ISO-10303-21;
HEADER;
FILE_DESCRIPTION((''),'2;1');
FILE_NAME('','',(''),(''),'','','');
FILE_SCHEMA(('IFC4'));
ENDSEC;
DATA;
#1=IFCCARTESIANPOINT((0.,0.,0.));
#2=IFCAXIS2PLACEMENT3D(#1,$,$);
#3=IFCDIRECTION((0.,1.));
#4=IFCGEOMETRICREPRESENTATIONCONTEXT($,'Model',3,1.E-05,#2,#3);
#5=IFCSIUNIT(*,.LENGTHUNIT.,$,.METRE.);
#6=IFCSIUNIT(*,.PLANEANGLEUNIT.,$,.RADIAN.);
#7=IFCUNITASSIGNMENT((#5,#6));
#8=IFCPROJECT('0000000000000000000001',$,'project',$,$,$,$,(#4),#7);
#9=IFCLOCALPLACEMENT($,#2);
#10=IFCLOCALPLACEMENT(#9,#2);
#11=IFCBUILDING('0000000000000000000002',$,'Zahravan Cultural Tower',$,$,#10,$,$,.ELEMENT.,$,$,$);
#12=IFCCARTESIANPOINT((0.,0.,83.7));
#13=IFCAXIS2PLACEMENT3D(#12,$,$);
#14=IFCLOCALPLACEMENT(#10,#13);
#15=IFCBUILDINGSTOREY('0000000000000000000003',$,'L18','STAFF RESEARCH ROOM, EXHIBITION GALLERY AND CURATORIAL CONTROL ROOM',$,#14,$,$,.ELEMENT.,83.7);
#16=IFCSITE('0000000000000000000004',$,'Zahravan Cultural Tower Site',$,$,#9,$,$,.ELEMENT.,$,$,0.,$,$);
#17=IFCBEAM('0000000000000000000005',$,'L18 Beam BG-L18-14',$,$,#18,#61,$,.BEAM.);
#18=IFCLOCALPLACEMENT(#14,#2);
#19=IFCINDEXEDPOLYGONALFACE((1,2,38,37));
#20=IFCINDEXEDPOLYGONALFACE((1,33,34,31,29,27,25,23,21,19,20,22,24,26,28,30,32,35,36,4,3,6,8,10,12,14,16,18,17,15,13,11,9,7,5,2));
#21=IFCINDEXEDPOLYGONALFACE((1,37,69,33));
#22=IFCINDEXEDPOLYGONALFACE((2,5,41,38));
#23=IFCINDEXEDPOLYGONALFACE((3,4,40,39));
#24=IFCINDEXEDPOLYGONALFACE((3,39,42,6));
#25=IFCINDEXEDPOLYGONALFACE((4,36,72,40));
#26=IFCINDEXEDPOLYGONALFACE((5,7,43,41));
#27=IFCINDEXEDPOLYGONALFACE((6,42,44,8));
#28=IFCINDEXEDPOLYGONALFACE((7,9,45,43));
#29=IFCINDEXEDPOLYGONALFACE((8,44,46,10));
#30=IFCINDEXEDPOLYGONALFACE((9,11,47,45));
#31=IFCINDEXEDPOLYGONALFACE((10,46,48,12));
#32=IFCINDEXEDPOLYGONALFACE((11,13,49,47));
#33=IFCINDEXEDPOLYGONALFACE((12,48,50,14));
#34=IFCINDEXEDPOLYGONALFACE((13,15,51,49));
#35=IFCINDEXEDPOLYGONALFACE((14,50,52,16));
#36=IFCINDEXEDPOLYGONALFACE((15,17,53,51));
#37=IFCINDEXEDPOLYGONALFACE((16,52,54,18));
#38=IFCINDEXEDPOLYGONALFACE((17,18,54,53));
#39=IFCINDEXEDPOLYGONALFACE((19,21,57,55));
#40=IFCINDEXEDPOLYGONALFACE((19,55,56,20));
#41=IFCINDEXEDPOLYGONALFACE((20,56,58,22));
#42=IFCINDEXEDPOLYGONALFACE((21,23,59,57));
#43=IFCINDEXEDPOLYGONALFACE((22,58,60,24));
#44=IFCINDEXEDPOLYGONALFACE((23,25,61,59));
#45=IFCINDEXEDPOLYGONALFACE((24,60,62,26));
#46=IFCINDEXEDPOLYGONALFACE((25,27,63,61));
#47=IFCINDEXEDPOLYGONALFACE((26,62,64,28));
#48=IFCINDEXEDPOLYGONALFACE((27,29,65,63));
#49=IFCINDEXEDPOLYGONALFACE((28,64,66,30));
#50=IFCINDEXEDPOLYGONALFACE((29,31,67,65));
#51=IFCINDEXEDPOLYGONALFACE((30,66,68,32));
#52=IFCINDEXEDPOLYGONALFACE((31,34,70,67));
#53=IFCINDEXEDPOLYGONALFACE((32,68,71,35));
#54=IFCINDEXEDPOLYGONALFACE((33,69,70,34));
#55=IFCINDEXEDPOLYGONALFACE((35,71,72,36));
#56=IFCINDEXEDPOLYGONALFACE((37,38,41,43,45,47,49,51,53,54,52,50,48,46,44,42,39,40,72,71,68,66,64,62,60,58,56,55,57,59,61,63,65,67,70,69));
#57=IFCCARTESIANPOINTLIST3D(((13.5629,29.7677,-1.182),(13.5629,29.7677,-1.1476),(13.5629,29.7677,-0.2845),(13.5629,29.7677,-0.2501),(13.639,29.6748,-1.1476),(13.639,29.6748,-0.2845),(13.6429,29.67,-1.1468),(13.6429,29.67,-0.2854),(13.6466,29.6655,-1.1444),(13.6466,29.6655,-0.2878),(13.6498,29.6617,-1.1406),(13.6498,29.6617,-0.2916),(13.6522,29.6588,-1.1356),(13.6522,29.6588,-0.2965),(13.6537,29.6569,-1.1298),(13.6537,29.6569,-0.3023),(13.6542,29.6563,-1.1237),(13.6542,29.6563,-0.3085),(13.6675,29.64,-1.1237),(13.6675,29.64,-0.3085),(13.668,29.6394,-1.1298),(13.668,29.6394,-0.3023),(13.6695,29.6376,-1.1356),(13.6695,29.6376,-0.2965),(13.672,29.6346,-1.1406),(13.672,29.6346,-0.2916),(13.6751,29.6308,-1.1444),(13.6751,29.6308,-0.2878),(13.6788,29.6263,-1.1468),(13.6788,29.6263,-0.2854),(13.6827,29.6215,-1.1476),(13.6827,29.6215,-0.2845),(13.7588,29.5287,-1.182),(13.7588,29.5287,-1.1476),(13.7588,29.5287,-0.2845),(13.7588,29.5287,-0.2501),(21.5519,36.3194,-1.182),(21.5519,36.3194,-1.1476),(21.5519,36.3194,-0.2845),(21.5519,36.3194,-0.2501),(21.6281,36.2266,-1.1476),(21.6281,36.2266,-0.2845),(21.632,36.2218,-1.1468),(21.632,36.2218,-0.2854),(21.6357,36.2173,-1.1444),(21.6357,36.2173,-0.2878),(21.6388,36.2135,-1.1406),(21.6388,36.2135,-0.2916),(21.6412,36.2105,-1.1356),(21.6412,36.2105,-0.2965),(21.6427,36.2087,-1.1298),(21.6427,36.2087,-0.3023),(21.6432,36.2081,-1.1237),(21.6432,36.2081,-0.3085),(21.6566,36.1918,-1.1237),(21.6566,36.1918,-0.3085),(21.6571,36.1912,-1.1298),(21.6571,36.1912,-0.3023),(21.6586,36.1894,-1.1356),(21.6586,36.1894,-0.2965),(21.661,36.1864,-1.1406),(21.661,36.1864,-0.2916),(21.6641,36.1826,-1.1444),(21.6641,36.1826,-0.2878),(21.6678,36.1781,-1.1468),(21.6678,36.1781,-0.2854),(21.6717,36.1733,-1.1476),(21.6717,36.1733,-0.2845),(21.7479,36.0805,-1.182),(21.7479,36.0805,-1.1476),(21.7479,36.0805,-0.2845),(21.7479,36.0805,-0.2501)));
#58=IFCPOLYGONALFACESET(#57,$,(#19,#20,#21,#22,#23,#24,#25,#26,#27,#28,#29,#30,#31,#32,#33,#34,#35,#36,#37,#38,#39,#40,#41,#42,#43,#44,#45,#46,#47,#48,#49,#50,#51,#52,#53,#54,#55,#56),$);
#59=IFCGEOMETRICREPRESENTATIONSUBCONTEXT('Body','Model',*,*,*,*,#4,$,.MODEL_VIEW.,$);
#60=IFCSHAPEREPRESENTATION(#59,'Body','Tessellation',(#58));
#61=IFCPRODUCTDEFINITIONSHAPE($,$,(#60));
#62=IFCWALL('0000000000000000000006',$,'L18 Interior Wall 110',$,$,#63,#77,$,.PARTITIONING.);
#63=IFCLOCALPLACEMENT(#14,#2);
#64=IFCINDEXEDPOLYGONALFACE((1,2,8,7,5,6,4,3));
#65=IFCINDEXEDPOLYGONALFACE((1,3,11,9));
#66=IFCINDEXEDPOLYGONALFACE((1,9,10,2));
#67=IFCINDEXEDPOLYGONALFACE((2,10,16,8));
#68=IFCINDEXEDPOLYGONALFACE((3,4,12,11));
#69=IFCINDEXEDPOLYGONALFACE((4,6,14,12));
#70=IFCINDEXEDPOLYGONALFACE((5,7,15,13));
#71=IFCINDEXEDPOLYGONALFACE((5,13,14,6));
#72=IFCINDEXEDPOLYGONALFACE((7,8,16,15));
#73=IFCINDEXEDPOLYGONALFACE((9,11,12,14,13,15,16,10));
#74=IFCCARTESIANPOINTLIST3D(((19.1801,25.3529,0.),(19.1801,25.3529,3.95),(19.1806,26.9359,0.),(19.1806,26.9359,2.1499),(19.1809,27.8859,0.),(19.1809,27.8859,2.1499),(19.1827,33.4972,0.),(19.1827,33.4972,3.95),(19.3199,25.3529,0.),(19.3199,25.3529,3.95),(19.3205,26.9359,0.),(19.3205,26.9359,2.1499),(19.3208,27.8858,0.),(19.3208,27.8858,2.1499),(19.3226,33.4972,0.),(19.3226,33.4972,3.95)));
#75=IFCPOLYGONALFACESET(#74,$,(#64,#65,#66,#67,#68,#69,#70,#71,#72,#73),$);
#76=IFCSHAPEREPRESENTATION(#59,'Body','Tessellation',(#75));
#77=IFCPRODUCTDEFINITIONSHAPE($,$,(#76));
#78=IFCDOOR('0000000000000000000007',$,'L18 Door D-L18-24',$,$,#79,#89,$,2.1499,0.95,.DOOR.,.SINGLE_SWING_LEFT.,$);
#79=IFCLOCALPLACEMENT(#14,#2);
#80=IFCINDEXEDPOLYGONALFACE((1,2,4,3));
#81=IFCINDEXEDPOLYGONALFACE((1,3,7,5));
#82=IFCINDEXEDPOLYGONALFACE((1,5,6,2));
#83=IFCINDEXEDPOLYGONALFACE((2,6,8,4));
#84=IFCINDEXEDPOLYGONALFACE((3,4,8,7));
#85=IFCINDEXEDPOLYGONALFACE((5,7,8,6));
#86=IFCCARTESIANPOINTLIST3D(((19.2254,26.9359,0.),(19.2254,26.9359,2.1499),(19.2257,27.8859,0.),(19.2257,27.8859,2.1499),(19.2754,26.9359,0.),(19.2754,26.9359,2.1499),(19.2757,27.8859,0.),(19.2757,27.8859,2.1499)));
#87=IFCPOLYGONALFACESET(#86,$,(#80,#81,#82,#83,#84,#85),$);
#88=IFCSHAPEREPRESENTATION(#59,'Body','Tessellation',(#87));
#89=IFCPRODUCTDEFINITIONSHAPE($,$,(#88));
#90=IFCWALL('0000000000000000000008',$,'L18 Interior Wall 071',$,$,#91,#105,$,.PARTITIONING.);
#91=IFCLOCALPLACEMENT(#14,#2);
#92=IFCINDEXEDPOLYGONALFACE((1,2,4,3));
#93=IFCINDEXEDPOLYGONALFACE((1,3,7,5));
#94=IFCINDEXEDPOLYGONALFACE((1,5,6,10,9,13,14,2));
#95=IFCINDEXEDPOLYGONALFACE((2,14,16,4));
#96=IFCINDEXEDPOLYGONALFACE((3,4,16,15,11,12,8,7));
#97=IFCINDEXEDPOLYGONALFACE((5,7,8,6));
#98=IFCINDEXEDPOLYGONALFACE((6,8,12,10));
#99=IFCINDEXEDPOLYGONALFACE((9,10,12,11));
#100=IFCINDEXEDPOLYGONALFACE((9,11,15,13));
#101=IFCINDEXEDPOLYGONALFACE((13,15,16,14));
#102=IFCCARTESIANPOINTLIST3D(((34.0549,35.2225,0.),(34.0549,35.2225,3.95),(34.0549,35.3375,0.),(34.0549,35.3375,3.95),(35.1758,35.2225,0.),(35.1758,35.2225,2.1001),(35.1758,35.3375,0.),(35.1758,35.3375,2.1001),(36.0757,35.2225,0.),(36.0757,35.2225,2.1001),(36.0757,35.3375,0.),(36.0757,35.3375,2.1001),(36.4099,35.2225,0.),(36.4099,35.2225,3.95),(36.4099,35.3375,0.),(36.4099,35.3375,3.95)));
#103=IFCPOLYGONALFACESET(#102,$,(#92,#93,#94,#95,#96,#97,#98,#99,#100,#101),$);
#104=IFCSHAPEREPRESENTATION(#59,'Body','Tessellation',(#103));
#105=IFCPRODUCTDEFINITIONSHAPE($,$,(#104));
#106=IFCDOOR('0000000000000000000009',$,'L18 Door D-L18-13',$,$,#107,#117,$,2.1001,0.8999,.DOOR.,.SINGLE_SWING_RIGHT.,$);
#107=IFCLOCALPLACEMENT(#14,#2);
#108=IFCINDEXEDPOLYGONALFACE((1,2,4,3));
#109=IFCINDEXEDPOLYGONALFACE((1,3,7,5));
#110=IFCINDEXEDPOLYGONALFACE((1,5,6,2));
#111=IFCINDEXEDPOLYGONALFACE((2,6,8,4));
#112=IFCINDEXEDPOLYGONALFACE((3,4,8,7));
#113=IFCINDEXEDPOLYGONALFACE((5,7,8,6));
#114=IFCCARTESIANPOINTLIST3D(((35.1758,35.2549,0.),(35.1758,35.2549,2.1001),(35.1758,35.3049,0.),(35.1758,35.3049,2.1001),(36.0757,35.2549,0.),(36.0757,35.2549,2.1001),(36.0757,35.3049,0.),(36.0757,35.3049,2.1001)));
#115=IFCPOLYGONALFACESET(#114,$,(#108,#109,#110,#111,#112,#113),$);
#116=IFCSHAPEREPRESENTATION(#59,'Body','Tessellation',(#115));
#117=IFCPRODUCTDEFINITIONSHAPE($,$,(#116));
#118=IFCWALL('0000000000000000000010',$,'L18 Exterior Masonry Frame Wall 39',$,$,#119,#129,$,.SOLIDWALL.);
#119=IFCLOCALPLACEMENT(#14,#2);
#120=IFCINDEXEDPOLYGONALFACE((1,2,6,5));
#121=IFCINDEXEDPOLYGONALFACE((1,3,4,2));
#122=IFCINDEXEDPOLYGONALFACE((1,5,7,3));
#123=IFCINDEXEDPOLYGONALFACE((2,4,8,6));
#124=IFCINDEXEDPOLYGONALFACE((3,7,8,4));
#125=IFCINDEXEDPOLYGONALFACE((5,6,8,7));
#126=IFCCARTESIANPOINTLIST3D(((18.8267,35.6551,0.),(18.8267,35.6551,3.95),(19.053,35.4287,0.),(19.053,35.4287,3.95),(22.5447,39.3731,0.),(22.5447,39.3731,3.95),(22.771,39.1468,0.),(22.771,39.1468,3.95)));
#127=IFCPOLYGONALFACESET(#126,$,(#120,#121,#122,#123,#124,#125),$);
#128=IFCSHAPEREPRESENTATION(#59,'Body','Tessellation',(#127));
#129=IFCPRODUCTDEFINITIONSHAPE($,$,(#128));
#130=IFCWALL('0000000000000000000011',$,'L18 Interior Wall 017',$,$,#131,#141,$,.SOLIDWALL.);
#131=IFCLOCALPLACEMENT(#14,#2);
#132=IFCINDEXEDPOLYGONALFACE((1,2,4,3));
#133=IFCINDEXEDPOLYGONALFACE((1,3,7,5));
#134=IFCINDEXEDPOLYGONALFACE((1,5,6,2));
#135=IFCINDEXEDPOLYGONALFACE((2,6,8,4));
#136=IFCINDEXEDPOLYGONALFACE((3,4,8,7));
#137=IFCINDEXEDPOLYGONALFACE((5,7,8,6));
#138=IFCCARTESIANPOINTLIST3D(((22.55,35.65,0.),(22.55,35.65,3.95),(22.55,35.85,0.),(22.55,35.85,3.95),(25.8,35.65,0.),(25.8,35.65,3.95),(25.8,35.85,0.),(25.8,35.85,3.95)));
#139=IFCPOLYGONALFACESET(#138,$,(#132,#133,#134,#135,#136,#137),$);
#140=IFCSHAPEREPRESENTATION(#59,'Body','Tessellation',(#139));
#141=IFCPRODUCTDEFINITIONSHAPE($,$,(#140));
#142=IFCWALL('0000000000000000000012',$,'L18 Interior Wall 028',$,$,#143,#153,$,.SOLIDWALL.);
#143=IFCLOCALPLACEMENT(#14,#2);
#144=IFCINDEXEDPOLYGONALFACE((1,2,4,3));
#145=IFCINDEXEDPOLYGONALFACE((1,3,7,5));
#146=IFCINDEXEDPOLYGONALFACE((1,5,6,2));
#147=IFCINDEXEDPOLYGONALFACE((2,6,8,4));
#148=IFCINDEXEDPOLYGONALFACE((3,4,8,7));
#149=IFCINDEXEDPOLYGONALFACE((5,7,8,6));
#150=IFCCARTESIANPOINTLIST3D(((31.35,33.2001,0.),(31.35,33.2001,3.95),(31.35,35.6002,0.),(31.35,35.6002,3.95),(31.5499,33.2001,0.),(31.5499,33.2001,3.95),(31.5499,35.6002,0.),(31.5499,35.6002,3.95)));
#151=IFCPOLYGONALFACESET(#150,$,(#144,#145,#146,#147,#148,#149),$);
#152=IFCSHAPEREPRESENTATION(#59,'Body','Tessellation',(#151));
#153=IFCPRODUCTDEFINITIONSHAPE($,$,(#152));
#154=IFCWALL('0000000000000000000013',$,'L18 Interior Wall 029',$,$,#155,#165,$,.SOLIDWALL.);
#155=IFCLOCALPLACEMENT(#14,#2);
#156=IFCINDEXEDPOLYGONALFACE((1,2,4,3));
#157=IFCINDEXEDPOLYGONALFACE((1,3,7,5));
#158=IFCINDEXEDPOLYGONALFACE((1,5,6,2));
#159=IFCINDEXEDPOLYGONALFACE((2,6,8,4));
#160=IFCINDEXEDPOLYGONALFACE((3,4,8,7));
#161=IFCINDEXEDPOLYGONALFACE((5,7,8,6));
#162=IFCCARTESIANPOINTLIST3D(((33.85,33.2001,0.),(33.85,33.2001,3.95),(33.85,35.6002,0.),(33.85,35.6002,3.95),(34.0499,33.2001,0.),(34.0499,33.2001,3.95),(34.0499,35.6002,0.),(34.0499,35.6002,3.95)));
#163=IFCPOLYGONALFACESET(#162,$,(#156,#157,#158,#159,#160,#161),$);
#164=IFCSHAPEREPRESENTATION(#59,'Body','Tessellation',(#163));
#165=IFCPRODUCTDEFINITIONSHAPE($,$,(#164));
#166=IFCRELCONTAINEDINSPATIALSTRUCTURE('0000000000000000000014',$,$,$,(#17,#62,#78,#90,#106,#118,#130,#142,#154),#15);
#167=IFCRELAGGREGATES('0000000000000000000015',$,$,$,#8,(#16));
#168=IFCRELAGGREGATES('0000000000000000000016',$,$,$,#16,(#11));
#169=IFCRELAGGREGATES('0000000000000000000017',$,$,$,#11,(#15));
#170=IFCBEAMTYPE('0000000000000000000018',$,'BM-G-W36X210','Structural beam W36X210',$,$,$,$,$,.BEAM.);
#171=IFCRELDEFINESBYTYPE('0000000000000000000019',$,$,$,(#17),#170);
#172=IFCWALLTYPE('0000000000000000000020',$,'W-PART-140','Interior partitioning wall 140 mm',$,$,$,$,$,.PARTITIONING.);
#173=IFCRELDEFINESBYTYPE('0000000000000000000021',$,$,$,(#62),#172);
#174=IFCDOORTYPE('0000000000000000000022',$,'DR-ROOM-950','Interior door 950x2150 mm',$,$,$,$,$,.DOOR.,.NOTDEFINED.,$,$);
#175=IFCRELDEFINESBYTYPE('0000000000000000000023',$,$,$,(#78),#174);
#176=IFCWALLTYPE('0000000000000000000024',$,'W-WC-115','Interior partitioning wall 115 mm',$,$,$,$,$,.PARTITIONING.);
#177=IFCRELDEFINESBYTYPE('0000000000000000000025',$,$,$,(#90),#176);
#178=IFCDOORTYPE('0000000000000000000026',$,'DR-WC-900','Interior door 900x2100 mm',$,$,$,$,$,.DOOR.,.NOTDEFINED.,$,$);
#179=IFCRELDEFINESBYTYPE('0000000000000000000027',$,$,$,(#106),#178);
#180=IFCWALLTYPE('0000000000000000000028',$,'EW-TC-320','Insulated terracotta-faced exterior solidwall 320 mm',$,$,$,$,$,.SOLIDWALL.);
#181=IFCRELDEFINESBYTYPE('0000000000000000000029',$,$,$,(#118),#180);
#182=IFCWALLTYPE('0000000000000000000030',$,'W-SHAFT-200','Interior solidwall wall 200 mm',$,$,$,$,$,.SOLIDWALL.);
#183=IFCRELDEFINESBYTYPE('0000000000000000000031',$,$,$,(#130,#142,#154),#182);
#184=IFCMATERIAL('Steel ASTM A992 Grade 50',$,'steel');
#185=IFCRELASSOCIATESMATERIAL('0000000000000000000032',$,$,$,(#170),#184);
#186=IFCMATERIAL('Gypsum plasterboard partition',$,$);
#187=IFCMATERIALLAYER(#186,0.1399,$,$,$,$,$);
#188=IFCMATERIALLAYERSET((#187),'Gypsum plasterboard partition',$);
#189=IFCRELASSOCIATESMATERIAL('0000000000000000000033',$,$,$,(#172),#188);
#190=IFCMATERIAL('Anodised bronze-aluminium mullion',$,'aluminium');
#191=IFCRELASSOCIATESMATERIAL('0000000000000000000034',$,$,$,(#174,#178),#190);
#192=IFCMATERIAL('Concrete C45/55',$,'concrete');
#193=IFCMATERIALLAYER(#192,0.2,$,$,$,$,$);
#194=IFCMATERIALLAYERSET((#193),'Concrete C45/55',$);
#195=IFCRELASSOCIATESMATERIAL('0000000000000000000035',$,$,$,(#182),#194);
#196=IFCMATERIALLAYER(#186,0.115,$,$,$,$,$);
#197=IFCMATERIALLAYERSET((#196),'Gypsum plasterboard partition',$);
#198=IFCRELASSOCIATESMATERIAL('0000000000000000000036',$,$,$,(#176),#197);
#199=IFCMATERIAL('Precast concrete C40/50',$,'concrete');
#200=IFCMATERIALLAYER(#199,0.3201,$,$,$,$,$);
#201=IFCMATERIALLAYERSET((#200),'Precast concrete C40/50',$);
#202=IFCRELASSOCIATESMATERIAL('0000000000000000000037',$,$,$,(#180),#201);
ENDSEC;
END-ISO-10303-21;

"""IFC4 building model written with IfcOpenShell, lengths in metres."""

from ifc_helpers import new_model, si_unit, direction, frame, frame_2d, origin, origin_2d, place, context, subcontext, project, spatial, rectangle, i_section, extrude, source, transform, mapped, material, layer, layer_set, material_profile, profile_set, type_object, element, fill, save


model = new_model("IFC4")

# Units and contexts
model_context = context("Model", 3, precision=1e-05, world=origin(), true_north=direction((0.0, 1.0)))
body_context = subcontext(model_context, "Body", "Model", "MODEL_VIEW")
ifc_project = project(units=[si_unit("LENGTHUNIT", "METRE"), si_unit("PLANEANGLEUNIT", "RADIAN")], contexts=[model_context])

# Site, building, storey
site_placement = place(None, origin())
site = spatial("IfcSite", under=ifc_project, at=site_placement, Name="Zahravan Cultural Tower Site", CompositionType="ELEMENT", RefElevation=0.0)
building_placement = place(site_placement, origin())
building = spatial("IfcBuilding", under=site, at=building_placement, Name="Zahravan Cultural Tower", CompositionType="ELEMENT")
storey_placement = place(building_placement, frame((0.0, 0.0, 83.7)))
storey = spatial("IfcBuildingStorey", under=building, at=storey_placement, Name="L18", Description="STAFF RESEARCH ROOM, EXHIBITION GALLERY AND CURATORIAL CONTROL ROOM", CompositionType="ELEMENT", Elevation=83.7)

# Beam
ifc_material_1 = material(Name="Steel ASTM A992 Grade 50", Category="steel")
ifc_material_profile_1 = material_profile(ifc_material_1, i_section(OverallWidth=0.3091, OverallDepth=0.9319, WebThickness=0.021, FlangeThickness=0.0344, FilletRadius=0.0239, at=origin_2d()), Name="W36X210")
ifc_profile_set_1 = profile_set([ifc_material_profile_1], Name="Steel ASTM A992 Grade 50")
beam_type_1 = type_object("IfcBeamType", Name="BM-G-W36X210", Description="Structural beam W36X210", PredefinedType="BEAM", material=ifc_profile_set_1)
shared_shape_1 = source(origin(), body_context, "Body", "SweptSolid", [
    extrude(i_section(OverallWidth=0.3091, OverallDepth=0.9319, WebThickness=0.021, FlangeThickness=0.0344, FilletRadius=0.0239, at=origin_2d()), origin(), (0.0, 0.0, 1.0), 10.332),
])
beam_1_placement = place(storey_placement, frame((21.6499, 36.2, -0.7161), z_axis=(-0.773231, -0.634124, 0.0), x_axis=(0.634124, -0.773231, 0.0)))
element("IfcBeam", 1, at=beam_1_placement, inside=storey, type_object=beam_type_1, Name="L18 Beam BG-L18-14", PredefinedType="BEAM", context=body_context, shape_type="MappedRepresentation", body=[
    mapped(shared_shape_1, transform((0.0, 0.0, 0.0), x_axis=(1.0, 0.0, 0.0), y_axis=(0.0, 1.0, 0.0), z_axis=(0.0, 0.0, 1.0), scale=1.0)),
])

# Walls, openings, doors
ifc_material_2 = material(Name="Gypsum plasterboard partition")
ifc_layer_1 = layer(ifc_material_2, 0.1399)
ifc_layer_set_1 = layer_set([ifc_layer_1], Name="Gypsum plasterboard partition")
wall_type_1 = type_object("IfcWallType", Name="W-PART-140", Description="Interior partitioning wall 140 mm", PredefinedType="PARTITIONING", material=ifc_layer_set_1)
wall_1_placement = place(storey_placement, frame((19.2527, 33.4973, 0.0), z_axis=(0.0, 0.0, 1.0), x_axis=(-0.00033, -1.0, 0.0)))
wall_1 = element("IfcWall", 2, at=wall_1_placement, inside=storey, type_object=wall_type_1, Name="L18 Interior Wall 110", PredefinedType="PARTITIONING", context=body_context, shape_type="SweptSolid", body=[
    extrude(rectangle(XDim=8.1443, YDim=0.1399, at=frame_2d((4.0723, 0.0))), origin(), (0.0, 0.0, 1.0), 3.95),
])
opening_1_placement = place(wall_1_placement, frame((5.6113, 0.0, 0.0)))
opening_1 = element("IfcOpeningElement", 3, at=opening_1_placement, cuts=wall_1, PredefinedType="OPENING", context=body_context, shape_type="SweptSolid", body=[
    extrude(rectangle(XDim=0.95, YDim=2.1499, at=frame_2d((0.4751, 1.075))), frame((0.0, 0.0798, 0.0), z_axis=(0.0, -1.0, 0.0), x_axis=(1.0, 0.0, 0.0)), (0.0, 0.0, 1.0), 0.1599),
])
ifc_material_3 = material(Name="Anodised bronze-aluminium mullion", Category="aluminium")
door_type_1 = type_object("IfcDoorType", Name="DR-ROOM-950", Description="Interior door 950x2150 mm", OperationType="NOTDEFINED", PredefinedType="DOOR", material=ifc_material_3)
shared_shape_2 = source(origin(), body_context, "Body", "SweptSolid", [
    extrude(rectangle(XDim=0.95, YDim=2.1499, at=frame_2d((0.4751, 1.075))), frame((0.0, 0.0249, 0.0), z_axis=(0.0, -1.0, 0.0), x_axis=(1.0, 0.0, 0.0)), (0.0, 0.0, 1.0), 0.05),
])
door_1_placement = place(opening_1_placement, origin())
door_1 = element("IfcDoor", 4, at=door_1_placement, inside=storey, type_object=door_type_1, Name="L18 Door D-L18-24", OperationType="SINGLE_SWING_LEFT", OverallHeight=2.1499, OverallWidth=0.95, PredefinedType="DOOR", context=body_context, shape_type="MappedRepresentation", body=[
    mapped(shared_shape_2, transform((0.0, 0.0, 0.0), x_axis=(1.0, 0.0, 0.0), y_axis=(0.0, 1.0, 0.0), z_axis=(0.0, 0.0, 1.0), scale=1.0)),
])
fill(opening_1, door_1)
ifc_material_4 = material(Name="Concrete C45/55", Category="concrete")
ifc_layer_2 = layer(ifc_material_4, 0.2)
ifc_layer_set_2 = layer_set([ifc_layer_2], Name="Concrete C45/55")
wall_type_2 = type_object("IfcWallType", Name="W-SHAFT-200", Description="Interior solidwall wall 200 mm", PredefinedType="SOLIDWALL", material=ifc_layer_set_2)
ifc_layer_3 = layer(ifc_material_2, 0.115)
ifc_layer_set_3 = layer_set([ifc_layer_3], Name="Gypsum plasterboard partition")
wall_type_3 = type_object("IfcWallType", Name="W-WC-115", Description="Interior partitioning wall 115 mm", PredefinedType="PARTITIONING", material=ifc_layer_set_3)
wall_2_placement = place(storey_placement, frame((34.0549, 35.28, 0.0), z_axis=(0.0, 0.0, 1.0), x_axis=(1.0, 0.0, 0.0)))
wall_2 = element("IfcWall", 5, at=wall_2_placement, inside=storey, type_object=wall_type_3, Name="L18 Interior Wall 071", PredefinedType="PARTITIONING", context=body_context, shape_type="SweptSolid", body=[
    extrude(rectangle(XDim=2.355, YDim=0.115, at=frame_2d((1.1775, 0.0))), origin(), (0.0, 0.0, 1.0), 3.95),
])
opening_2_placement = place(wall_2_placement, frame((1.1208, 0.0, 0.0)))
opening_2 = element("IfcOpeningElement", 6, at=opening_2_placement, cuts=wall_2, PredefinedType="OPENING", context=body_context, shape_type="SweptSolid", body=[
    extrude(rectangle(XDim=0.8999, YDim=2.1001, at=frame_2d((0.45, 1.05))), frame((0.0, 0.0674, 0.0), z_axis=(0.0, -1.0, 0.0), x_axis=(1.0, 0.0, 0.0)), (0.0, 0.0, 1.0), 0.135),
])
door_type_2 = type_object("IfcDoorType", Name="DR-WC-900", Description="Interior door 900x2100 mm", OperationType="NOTDEFINED", PredefinedType="DOOR", material=ifc_material_3)
shared_shape_3 = source(origin(), body_context, "Body", "SweptSolid", [
    extrude(rectangle(XDim=0.8999, YDim=2.1001, at=frame_2d((0.45, 1.05))), frame((0.0, 0.0249, 0.0), z_axis=(0.0, -1.0, 0.0), x_axis=(1.0, 0.0, 0.0)), (0.0, 0.0, 1.0), 0.05),
])
door_2_placement = place(opening_2_placement, origin())
door_2 = element("IfcDoor", 7, at=door_2_placement, inside=storey, type_object=door_type_2, Name="L18 Door D-L18-13", OperationType="SINGLE_SWING_RIGHT", OverallHeight=2.1001, OverallWidth=0.8999, PredefinedType="DOOR", context=body_context, shape_type="MappedRepresentation", body=[
    mapped(shared_shape_3, transform((0.0, 0.0, 0.0), x_axis=(1.0, 0.0, 0.0), y_axis=(0.0, 1.0, 0.0), z_axis=(0.0, 0.0, 1.0), scale=1.0)),
])
fill(opening_2, door_2)

# Walls
ifc_material_5 = material(Name="Precast concrete C40/50", Category="concrete")
ifc_layer_4 = layer(ifc_material_5, 0.3201)
ifc_layer_set_4 = layer_set([ifc_layer_4], Name="Precast concrete C40/50")
wall_type_4 = type_object("IfcWallType", Name="EW-TC-320", Description="Insulated terracotta-faced exterior solidwall 320 mm", PredefinedType="SOLIDWALL", material=ifc_layer_set_4)
shared_shape_4 = source(origin(), body_context, "Body", "SweptSolid", [
    extrude(rectangle(XDim=5.2581, YDim=0.3201, at=frame_2d((2.6289, 0.0))), origin(), (0.0, 0.0, 1.0), 3.95),
])
wall_3_placement = place(storey_placement, frame((18.9399, 35.542, 0.0), z_axis=(0.0, 0.0, 1.0), x_axis=(0.707107, 0.707107, 0.0)))
element("IfcWall", 8, at=wall_3_placement, inside=storey, type_object=wall_type_4, Name="L18 Exterior Masonry Frame Wall 39", PredefinedType="SOLIDWALL", context=body_context, shape_type="MappedRepresentation", body=[
    mapped(shared_shape_4, transform((0.0, 0.0, 0.0), x_axis=(1.0, 0.0, 0.0), y_axis=(0.0, 1.0, 0.0), z_axis=(0.0, 0.0, 1.0), scale=1.0)),
])
shared_shape_5 = source(origin(), body_context, "Body", "SweptSolid", [
    extrude(rectangle(XDim=3.25, YDim=0.2, at=frame_2d((1.625, 0.0))), origin(), (0.0, 0.0, 1.0), 3.95),
])
wall_4_placement = place(storey_placement, frame((22.55, 35.75, 0.0), z_axis=(0.0, 0.0, 1.0), x_axis=(1.0, 0.0, 0.0)))
element("IfcWall", 9, at=wall_4_placement, inside=storey, type_object=wall_type_2, Name="L18 Interior Wall 017", PredefinedType="SOLIDWALL", context=body_context, shape_type="MappedRepresentation", body=[
    mapped(shared_shape_5, transform((0.0, 0.0, 0.0), x_axis=(1.0, 0.0, 0.0), y_axis=(0.0, 1.0, 0.0), z_axis=(0.0, 0.0, 1.0), scale=1.0)),
])
shared_shape_6 = source(origin(), body_context, "Body", "SweptSolid", [
    extrude(rectangle(XDim=2.4001, YDim=0.2, at=frame_2d((1.2002, 0.0))), origin(), (0.0, 0.0, 1.0), 3.95),
])
for number, where, z_axis, x_axis, name in (
    (10, (31.45, 33.2, 0.0), (0.0, 0.0, 1.0), (0.0, 1.0, 0.0), "L18 Interior Wall 028"),
    (11, (33.95, 33.2, 0.0), (0.0, 0.0, 1.0), (0.0, 1.0, 0.0), "L18 Interior Wall 029"),
):
    element("IfcWall", number, at=place(storey_placement, frame(where, z_axis=z_axis, x_axis=x_axis)), inside=storey, type_object=wall_type_2, Name=name, PredefinedType="SOLIDWALL", context=body_context, shape_type="MappedRepresentation", body=[
        mapped(shared_shape_6, transform((0.0, 0.0, 0.0), x_axis=(1.0, 0.0, 0.0), y_axis=(0.0, 1.0, 0.0), z_axis=(0.0, 0.0, 1.0), scale=1.0)),
    ])

save(model, "model.ifc")
